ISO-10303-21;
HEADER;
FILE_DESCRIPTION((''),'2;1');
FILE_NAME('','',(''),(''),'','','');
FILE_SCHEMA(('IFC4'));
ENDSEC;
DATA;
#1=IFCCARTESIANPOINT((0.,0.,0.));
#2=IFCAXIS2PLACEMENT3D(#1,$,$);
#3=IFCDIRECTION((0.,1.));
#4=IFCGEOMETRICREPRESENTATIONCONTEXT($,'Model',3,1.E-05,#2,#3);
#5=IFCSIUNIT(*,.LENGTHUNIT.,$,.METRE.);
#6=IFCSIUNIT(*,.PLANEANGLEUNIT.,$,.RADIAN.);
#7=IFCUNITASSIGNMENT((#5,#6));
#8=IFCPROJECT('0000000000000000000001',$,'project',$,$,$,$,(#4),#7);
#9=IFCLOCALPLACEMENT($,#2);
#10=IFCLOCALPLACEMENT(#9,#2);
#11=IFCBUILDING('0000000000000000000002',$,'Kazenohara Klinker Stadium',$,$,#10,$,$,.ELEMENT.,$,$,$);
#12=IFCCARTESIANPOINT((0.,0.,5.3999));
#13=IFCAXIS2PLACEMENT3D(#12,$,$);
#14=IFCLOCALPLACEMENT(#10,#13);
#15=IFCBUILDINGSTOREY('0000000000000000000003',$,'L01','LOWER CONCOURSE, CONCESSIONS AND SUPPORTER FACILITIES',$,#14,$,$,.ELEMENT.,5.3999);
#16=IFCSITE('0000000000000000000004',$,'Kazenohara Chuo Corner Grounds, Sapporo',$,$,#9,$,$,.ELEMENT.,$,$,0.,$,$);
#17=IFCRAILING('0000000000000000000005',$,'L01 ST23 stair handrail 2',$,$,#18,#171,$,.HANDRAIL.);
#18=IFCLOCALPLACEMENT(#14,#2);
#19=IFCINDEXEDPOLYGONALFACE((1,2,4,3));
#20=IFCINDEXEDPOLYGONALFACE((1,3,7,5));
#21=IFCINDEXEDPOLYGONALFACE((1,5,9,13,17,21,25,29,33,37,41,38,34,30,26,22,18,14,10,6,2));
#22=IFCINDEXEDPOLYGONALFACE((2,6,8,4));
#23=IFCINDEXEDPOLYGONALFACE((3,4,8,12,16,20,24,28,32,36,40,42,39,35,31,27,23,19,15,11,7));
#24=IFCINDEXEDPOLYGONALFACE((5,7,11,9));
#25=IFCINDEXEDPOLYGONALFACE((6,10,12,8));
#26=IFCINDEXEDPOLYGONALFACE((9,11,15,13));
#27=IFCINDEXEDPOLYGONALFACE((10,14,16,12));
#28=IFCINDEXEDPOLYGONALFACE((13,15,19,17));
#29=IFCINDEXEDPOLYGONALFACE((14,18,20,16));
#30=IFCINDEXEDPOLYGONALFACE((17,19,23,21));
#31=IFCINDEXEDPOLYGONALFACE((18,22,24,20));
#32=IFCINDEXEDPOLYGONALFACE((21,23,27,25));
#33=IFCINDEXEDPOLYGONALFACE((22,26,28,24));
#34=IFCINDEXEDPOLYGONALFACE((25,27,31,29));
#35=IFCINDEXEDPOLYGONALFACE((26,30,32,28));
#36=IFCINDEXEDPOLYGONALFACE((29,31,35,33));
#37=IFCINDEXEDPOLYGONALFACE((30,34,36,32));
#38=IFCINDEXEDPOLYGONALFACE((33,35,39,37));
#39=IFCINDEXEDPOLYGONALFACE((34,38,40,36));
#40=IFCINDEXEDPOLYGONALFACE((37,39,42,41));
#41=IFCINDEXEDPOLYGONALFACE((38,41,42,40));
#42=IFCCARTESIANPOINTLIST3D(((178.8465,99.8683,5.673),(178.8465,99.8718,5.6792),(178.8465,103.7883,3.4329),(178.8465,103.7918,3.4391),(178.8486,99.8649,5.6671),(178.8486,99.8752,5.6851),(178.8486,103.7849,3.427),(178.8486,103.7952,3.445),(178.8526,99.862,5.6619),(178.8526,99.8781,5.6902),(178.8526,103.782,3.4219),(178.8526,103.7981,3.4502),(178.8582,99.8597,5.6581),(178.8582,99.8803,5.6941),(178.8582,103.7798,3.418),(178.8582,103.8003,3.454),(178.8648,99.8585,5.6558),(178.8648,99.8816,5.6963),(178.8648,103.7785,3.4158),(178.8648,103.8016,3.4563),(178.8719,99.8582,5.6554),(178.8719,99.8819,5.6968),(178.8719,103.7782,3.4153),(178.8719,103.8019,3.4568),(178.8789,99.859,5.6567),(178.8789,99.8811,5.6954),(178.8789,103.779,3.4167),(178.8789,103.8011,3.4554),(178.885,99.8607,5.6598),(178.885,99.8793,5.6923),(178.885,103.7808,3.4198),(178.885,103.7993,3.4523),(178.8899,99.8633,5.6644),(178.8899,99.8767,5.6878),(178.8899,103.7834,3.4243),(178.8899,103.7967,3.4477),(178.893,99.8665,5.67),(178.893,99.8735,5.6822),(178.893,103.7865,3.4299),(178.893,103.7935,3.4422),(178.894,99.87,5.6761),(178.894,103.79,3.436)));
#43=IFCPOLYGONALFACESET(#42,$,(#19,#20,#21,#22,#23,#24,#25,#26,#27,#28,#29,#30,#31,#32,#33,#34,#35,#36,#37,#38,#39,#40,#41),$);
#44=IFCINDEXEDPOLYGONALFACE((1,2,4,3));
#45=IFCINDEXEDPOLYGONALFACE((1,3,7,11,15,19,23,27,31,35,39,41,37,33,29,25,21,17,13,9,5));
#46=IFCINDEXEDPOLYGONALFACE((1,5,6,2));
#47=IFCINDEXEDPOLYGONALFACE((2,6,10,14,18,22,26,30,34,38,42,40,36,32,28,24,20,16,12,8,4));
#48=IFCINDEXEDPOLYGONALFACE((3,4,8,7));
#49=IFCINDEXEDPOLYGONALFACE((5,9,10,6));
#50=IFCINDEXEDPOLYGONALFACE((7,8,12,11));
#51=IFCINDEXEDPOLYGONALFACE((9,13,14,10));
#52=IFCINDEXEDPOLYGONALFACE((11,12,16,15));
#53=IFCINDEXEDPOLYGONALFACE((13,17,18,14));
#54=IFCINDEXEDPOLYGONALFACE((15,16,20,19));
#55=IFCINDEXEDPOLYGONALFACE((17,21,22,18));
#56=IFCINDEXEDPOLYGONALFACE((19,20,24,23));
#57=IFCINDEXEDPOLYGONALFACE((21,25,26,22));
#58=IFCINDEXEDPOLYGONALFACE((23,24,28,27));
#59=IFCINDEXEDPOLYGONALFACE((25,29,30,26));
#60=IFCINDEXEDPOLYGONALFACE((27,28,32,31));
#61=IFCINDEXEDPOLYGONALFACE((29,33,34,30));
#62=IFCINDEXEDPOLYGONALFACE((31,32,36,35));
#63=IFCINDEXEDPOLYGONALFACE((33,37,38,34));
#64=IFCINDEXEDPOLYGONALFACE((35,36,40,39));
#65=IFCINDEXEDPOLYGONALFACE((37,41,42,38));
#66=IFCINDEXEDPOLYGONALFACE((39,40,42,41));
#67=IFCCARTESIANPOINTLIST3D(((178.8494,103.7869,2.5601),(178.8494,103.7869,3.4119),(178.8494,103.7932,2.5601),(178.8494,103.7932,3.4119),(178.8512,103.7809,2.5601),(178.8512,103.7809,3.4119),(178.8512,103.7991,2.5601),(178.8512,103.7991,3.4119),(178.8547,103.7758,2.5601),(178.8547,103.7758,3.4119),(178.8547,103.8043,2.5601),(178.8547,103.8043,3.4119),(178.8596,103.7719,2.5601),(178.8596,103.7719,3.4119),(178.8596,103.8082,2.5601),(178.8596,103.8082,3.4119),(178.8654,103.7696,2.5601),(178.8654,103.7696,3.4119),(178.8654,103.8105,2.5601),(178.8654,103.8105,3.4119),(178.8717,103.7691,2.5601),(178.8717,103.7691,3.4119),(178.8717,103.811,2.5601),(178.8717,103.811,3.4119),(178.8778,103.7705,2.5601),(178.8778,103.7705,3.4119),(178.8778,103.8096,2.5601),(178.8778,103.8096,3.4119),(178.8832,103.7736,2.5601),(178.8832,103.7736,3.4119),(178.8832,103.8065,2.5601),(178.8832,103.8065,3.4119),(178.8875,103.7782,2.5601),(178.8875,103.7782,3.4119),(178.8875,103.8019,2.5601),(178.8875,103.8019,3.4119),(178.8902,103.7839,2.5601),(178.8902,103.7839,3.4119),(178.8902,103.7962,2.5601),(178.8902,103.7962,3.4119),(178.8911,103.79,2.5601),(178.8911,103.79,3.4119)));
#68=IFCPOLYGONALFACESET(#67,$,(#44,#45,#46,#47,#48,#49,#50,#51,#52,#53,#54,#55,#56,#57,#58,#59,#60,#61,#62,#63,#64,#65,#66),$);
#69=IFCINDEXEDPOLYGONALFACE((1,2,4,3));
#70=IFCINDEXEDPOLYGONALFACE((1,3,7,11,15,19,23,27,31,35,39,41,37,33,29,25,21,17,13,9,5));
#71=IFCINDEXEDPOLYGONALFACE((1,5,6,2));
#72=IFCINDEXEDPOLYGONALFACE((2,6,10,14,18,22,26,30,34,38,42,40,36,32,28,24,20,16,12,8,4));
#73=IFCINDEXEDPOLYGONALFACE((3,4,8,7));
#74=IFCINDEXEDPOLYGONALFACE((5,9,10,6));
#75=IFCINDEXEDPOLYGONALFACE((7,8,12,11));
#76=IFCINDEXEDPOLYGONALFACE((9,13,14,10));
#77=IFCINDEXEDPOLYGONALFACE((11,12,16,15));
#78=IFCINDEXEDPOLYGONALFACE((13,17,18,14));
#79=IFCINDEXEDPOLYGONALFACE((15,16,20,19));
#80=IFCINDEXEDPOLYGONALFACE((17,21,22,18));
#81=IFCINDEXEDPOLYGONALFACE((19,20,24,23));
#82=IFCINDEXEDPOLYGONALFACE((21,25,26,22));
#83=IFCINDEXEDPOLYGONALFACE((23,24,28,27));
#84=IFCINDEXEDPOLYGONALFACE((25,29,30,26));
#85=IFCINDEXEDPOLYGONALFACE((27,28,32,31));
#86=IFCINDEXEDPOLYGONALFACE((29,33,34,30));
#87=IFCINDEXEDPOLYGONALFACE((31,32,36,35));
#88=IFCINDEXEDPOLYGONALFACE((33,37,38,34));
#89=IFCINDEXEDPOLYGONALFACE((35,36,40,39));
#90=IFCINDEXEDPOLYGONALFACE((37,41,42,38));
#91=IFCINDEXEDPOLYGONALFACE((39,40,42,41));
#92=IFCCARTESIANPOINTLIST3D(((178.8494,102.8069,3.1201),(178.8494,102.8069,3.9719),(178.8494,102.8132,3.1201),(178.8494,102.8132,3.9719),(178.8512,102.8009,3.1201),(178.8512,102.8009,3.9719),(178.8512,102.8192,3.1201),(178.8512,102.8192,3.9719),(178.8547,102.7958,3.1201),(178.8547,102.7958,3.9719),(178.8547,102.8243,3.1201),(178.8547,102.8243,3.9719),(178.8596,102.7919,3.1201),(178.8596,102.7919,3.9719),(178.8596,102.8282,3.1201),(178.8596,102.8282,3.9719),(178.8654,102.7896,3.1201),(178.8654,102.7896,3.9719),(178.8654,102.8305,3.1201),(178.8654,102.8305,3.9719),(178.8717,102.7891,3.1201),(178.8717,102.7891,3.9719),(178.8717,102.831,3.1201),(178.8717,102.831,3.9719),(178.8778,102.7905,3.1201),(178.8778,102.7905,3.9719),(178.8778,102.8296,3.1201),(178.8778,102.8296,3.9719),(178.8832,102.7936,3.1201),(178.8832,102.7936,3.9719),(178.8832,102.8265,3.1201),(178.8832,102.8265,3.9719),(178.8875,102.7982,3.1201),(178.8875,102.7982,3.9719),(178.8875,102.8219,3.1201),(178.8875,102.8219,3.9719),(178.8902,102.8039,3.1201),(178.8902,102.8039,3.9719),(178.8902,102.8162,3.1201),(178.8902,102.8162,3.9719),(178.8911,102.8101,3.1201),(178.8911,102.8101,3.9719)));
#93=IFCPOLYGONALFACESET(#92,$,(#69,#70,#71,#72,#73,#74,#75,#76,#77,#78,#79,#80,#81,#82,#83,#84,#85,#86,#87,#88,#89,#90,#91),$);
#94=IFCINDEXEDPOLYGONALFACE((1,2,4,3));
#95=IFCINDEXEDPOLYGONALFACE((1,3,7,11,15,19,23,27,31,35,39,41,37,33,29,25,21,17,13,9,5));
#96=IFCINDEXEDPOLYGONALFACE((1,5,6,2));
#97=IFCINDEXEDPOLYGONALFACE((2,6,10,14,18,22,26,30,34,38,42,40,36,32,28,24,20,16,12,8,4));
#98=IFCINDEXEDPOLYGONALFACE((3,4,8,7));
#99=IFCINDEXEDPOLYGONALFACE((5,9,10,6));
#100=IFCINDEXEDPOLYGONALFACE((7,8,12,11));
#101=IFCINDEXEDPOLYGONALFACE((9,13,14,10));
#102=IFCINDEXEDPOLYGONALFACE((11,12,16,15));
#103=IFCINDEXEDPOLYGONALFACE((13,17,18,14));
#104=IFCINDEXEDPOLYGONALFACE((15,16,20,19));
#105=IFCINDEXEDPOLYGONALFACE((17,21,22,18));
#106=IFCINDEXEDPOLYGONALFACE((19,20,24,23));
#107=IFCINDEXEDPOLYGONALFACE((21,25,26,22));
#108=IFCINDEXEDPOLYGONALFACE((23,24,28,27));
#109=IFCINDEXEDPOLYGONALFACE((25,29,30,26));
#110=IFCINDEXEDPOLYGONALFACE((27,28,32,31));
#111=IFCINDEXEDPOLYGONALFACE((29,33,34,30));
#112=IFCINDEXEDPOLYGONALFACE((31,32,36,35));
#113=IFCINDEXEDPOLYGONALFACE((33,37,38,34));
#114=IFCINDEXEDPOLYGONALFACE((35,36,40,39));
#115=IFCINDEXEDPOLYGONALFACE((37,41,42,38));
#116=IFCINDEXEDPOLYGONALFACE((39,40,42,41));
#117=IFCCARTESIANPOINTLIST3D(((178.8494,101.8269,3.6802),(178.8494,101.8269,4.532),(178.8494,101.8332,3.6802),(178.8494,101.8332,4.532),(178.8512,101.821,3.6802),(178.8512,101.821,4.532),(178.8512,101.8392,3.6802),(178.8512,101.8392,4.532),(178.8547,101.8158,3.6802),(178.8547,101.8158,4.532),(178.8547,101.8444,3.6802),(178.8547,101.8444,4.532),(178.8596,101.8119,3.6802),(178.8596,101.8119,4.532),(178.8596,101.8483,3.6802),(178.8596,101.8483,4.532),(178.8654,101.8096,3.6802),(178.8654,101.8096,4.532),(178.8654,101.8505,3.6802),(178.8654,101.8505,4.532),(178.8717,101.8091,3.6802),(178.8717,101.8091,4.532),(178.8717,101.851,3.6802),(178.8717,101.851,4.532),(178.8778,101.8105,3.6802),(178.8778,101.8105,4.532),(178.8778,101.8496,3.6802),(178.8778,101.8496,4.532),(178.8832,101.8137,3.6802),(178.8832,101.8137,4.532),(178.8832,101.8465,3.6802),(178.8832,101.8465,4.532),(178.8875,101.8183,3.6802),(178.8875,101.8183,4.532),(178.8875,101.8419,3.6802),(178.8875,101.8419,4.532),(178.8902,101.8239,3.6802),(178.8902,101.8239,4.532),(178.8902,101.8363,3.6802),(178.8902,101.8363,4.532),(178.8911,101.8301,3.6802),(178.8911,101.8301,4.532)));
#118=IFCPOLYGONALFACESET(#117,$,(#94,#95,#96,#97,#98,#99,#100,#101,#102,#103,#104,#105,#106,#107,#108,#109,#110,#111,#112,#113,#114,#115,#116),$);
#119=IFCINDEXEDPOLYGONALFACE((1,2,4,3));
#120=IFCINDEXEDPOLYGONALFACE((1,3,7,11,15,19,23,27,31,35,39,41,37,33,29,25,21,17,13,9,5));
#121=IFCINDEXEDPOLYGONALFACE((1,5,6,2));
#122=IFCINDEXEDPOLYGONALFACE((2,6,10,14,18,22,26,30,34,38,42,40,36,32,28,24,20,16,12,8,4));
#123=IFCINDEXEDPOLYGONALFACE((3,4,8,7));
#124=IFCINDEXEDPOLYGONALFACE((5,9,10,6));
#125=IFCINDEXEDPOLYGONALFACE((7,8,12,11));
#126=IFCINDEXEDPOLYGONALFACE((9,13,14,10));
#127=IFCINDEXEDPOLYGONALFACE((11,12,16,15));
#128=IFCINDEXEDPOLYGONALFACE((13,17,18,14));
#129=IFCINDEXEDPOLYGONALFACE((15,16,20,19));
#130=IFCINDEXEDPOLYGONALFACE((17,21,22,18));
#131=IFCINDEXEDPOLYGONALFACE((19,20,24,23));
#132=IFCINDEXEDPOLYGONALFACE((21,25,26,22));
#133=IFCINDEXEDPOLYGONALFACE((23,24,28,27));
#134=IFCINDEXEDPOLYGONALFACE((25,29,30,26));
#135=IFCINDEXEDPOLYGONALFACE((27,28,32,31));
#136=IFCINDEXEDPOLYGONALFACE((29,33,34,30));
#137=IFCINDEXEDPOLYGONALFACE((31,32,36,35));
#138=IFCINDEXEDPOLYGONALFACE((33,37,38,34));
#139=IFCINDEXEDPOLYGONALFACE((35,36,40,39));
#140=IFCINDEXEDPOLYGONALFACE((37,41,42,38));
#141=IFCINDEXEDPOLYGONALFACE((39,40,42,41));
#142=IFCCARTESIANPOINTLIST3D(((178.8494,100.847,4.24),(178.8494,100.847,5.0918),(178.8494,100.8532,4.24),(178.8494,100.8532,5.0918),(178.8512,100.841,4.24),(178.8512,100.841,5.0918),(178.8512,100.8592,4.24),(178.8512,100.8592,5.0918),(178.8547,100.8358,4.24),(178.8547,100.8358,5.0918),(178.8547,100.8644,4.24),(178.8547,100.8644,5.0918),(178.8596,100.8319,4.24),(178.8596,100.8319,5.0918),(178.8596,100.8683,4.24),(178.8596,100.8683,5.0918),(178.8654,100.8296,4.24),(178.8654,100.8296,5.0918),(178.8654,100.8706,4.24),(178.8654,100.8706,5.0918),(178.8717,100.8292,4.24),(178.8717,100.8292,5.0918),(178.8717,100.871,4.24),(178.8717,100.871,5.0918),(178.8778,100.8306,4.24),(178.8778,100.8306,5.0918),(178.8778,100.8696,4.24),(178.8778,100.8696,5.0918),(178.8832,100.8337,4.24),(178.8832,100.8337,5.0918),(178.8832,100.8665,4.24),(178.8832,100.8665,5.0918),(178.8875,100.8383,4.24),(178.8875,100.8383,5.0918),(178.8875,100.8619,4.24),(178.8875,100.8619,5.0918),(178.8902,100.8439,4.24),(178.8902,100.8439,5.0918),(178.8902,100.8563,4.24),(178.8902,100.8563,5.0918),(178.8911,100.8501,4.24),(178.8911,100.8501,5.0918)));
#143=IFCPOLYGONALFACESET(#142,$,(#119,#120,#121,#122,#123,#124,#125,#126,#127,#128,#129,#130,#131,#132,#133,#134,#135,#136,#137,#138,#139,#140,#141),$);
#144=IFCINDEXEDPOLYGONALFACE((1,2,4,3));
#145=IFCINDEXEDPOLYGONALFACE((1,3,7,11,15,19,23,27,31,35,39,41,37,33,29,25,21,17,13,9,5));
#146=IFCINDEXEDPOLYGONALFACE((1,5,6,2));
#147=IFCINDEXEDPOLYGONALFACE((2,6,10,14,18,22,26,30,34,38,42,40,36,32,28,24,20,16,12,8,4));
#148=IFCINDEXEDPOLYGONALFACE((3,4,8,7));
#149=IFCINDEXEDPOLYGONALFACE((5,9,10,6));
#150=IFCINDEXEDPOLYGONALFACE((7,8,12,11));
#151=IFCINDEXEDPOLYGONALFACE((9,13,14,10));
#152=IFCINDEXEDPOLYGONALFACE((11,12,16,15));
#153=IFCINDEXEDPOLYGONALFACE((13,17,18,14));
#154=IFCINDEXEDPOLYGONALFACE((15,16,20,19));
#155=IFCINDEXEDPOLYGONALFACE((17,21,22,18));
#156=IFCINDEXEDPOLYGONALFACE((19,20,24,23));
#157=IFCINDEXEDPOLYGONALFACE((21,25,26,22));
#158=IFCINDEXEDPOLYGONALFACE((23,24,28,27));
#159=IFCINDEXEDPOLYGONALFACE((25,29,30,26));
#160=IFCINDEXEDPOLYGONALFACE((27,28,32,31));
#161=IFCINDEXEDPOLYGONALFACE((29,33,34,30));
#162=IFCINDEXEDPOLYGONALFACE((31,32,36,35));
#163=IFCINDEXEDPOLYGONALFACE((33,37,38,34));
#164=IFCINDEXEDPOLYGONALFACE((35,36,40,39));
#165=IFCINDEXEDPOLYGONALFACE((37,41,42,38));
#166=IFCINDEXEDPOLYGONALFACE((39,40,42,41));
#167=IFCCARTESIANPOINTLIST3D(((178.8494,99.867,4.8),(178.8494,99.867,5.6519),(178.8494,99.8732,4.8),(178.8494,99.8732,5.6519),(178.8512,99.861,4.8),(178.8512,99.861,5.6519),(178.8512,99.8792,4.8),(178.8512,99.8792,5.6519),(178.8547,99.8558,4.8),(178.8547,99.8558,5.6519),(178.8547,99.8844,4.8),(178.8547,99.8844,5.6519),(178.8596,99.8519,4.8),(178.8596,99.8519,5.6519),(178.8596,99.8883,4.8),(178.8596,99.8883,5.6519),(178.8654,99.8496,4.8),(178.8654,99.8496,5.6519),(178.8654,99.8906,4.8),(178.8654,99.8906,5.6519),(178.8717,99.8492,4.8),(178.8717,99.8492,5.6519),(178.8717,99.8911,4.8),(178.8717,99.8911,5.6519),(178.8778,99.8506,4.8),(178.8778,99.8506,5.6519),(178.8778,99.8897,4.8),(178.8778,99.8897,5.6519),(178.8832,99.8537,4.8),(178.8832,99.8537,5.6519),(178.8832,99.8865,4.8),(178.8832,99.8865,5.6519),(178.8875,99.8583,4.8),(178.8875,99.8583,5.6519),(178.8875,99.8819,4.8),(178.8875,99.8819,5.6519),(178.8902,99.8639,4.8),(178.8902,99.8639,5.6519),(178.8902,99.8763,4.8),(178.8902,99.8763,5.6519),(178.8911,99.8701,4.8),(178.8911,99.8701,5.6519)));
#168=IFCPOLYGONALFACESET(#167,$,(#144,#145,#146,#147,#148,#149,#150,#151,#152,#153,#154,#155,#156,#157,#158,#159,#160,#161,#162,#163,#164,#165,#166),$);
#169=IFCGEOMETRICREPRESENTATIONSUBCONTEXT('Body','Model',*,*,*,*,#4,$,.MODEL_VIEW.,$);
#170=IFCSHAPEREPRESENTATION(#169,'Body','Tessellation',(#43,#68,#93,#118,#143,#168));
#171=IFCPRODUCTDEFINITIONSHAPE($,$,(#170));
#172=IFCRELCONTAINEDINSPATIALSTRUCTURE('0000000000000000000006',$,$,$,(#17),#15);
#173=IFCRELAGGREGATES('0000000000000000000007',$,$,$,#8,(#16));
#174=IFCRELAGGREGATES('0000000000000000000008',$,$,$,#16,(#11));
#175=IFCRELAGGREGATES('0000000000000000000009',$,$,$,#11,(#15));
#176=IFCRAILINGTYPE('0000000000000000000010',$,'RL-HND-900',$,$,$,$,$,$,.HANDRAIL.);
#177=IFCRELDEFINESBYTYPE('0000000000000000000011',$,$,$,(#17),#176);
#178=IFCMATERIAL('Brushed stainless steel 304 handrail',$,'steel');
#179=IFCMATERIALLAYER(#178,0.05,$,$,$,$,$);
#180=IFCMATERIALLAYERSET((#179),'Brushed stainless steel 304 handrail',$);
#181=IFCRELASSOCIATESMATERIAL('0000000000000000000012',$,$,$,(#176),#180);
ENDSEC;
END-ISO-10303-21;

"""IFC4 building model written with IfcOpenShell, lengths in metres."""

from ifc_helpers import new_model, si_unit, direction, frame, origin, origin_2d, place, context, subcontext, project, spatial, circle, extrude, material, layer, layer_set, type_object, element, save


model = new_model("IFC4")

# Units and contexts
model_context = context("Model", 3, precision=1e-05, world=origin(), true_north=direction((0.0, 1.0)))
body_context = subcontext(model_context, "Body", "Model", "MODEL_VIEW")
ifc_project = project(units=[si_unit("LENGTHUNIT", "METRE"), si_unit("PLANEANGLEUNIT", "RADIAN")], contexts=[model_context])

# Site, building, storey
site_placement = place(None, origin())
site = spatial("IfcSite", under=ifc_project, at=site_placement, Name="Kazenohara Chuo Corner Grounds, Sapporo", CompositionType="ELEMENT", RefElevation=0.0)
building_placement = place(site_placement, origin())
building = spatial("IfcBuilding", under=site, at=building_placement, Name="Kazenohara Klinker Stadium", CompositionType="ELEMENT")
storey_placement = place(building_placement, frame((0.0, 0.0, 5.3999)))
storey = spatial("IfcBuildingStorey", under=building, at=storey_placement, Name="L01", Description="LOWER CONCOURSE, CONCESSIONS AND SUPPORTER FACILITIES", CompositionType="ELEMENT", Elevation=5.3999)

# Railing
ifc_material_1 = material(Name="Brushed stainless steel 304 handrail", Category="steel")
ifc_layer_1 = layer(ifc_material_1, 0.05)
ifc_layer_set_1 = layer_set([ifc_layer_1], Name="Brushed stainless steel 304 handrail")
railing_type_1 = type_object("IfcRailingType", Name="RL-HND-900", PredefinedType="HANDRAIL", material=ifc_layer_set_1)
railing_1_placement = place(storey_placement, frame((178.8701, 103.79, 2.5601)))
element("IfcRailing", 1, at=railing_1_placement, inside=storey, type_object=railing_type_1, Name="L01 ST23 stair handrail 2", PredefinedType="HANDRAIL", context=body_context, shape_type="SweptSolid", body=[
    extrude(circle(Radius=0.0239, at=origin_2d()), frame((0.0, 0.0, 0.876), z_axis=(0.0, -0.86824, 0.496145), x_axis=(1.0, 0.0, 0.0)), (0.0, 0.0, 1.0), 4.5149),
    extrude(circle(Radius=0.021, at=origin_2d()), origin(), (0.0, 0.0, 1.0), 0.8518),
    extrude(circle(Radius=0.021, at=origin_2d()), frame((0.0, -0.98, 0.5601)), (0.0, 0.0, 1.0), 0.8518),
    extrude(circle(Radius=0.021, at=origin_2d()), frame((0.0, -1.96, 1.1201)), (0.0, 0.0, 1.0), 0.8518),
    extrude(circle(Radius=0.021, at=origin_2d()), frame((0.0, -2.9399, 1.6799)), (0.0, 0.0, 1.0), 0.8518),
    extrude(circle(Radius=0.021, at=origin_2d()), frame((0.0, -3.9199, 2.24)), (0.0, 0.0, 1.0), 0.8518),
])

save(model, "model.ifc")
